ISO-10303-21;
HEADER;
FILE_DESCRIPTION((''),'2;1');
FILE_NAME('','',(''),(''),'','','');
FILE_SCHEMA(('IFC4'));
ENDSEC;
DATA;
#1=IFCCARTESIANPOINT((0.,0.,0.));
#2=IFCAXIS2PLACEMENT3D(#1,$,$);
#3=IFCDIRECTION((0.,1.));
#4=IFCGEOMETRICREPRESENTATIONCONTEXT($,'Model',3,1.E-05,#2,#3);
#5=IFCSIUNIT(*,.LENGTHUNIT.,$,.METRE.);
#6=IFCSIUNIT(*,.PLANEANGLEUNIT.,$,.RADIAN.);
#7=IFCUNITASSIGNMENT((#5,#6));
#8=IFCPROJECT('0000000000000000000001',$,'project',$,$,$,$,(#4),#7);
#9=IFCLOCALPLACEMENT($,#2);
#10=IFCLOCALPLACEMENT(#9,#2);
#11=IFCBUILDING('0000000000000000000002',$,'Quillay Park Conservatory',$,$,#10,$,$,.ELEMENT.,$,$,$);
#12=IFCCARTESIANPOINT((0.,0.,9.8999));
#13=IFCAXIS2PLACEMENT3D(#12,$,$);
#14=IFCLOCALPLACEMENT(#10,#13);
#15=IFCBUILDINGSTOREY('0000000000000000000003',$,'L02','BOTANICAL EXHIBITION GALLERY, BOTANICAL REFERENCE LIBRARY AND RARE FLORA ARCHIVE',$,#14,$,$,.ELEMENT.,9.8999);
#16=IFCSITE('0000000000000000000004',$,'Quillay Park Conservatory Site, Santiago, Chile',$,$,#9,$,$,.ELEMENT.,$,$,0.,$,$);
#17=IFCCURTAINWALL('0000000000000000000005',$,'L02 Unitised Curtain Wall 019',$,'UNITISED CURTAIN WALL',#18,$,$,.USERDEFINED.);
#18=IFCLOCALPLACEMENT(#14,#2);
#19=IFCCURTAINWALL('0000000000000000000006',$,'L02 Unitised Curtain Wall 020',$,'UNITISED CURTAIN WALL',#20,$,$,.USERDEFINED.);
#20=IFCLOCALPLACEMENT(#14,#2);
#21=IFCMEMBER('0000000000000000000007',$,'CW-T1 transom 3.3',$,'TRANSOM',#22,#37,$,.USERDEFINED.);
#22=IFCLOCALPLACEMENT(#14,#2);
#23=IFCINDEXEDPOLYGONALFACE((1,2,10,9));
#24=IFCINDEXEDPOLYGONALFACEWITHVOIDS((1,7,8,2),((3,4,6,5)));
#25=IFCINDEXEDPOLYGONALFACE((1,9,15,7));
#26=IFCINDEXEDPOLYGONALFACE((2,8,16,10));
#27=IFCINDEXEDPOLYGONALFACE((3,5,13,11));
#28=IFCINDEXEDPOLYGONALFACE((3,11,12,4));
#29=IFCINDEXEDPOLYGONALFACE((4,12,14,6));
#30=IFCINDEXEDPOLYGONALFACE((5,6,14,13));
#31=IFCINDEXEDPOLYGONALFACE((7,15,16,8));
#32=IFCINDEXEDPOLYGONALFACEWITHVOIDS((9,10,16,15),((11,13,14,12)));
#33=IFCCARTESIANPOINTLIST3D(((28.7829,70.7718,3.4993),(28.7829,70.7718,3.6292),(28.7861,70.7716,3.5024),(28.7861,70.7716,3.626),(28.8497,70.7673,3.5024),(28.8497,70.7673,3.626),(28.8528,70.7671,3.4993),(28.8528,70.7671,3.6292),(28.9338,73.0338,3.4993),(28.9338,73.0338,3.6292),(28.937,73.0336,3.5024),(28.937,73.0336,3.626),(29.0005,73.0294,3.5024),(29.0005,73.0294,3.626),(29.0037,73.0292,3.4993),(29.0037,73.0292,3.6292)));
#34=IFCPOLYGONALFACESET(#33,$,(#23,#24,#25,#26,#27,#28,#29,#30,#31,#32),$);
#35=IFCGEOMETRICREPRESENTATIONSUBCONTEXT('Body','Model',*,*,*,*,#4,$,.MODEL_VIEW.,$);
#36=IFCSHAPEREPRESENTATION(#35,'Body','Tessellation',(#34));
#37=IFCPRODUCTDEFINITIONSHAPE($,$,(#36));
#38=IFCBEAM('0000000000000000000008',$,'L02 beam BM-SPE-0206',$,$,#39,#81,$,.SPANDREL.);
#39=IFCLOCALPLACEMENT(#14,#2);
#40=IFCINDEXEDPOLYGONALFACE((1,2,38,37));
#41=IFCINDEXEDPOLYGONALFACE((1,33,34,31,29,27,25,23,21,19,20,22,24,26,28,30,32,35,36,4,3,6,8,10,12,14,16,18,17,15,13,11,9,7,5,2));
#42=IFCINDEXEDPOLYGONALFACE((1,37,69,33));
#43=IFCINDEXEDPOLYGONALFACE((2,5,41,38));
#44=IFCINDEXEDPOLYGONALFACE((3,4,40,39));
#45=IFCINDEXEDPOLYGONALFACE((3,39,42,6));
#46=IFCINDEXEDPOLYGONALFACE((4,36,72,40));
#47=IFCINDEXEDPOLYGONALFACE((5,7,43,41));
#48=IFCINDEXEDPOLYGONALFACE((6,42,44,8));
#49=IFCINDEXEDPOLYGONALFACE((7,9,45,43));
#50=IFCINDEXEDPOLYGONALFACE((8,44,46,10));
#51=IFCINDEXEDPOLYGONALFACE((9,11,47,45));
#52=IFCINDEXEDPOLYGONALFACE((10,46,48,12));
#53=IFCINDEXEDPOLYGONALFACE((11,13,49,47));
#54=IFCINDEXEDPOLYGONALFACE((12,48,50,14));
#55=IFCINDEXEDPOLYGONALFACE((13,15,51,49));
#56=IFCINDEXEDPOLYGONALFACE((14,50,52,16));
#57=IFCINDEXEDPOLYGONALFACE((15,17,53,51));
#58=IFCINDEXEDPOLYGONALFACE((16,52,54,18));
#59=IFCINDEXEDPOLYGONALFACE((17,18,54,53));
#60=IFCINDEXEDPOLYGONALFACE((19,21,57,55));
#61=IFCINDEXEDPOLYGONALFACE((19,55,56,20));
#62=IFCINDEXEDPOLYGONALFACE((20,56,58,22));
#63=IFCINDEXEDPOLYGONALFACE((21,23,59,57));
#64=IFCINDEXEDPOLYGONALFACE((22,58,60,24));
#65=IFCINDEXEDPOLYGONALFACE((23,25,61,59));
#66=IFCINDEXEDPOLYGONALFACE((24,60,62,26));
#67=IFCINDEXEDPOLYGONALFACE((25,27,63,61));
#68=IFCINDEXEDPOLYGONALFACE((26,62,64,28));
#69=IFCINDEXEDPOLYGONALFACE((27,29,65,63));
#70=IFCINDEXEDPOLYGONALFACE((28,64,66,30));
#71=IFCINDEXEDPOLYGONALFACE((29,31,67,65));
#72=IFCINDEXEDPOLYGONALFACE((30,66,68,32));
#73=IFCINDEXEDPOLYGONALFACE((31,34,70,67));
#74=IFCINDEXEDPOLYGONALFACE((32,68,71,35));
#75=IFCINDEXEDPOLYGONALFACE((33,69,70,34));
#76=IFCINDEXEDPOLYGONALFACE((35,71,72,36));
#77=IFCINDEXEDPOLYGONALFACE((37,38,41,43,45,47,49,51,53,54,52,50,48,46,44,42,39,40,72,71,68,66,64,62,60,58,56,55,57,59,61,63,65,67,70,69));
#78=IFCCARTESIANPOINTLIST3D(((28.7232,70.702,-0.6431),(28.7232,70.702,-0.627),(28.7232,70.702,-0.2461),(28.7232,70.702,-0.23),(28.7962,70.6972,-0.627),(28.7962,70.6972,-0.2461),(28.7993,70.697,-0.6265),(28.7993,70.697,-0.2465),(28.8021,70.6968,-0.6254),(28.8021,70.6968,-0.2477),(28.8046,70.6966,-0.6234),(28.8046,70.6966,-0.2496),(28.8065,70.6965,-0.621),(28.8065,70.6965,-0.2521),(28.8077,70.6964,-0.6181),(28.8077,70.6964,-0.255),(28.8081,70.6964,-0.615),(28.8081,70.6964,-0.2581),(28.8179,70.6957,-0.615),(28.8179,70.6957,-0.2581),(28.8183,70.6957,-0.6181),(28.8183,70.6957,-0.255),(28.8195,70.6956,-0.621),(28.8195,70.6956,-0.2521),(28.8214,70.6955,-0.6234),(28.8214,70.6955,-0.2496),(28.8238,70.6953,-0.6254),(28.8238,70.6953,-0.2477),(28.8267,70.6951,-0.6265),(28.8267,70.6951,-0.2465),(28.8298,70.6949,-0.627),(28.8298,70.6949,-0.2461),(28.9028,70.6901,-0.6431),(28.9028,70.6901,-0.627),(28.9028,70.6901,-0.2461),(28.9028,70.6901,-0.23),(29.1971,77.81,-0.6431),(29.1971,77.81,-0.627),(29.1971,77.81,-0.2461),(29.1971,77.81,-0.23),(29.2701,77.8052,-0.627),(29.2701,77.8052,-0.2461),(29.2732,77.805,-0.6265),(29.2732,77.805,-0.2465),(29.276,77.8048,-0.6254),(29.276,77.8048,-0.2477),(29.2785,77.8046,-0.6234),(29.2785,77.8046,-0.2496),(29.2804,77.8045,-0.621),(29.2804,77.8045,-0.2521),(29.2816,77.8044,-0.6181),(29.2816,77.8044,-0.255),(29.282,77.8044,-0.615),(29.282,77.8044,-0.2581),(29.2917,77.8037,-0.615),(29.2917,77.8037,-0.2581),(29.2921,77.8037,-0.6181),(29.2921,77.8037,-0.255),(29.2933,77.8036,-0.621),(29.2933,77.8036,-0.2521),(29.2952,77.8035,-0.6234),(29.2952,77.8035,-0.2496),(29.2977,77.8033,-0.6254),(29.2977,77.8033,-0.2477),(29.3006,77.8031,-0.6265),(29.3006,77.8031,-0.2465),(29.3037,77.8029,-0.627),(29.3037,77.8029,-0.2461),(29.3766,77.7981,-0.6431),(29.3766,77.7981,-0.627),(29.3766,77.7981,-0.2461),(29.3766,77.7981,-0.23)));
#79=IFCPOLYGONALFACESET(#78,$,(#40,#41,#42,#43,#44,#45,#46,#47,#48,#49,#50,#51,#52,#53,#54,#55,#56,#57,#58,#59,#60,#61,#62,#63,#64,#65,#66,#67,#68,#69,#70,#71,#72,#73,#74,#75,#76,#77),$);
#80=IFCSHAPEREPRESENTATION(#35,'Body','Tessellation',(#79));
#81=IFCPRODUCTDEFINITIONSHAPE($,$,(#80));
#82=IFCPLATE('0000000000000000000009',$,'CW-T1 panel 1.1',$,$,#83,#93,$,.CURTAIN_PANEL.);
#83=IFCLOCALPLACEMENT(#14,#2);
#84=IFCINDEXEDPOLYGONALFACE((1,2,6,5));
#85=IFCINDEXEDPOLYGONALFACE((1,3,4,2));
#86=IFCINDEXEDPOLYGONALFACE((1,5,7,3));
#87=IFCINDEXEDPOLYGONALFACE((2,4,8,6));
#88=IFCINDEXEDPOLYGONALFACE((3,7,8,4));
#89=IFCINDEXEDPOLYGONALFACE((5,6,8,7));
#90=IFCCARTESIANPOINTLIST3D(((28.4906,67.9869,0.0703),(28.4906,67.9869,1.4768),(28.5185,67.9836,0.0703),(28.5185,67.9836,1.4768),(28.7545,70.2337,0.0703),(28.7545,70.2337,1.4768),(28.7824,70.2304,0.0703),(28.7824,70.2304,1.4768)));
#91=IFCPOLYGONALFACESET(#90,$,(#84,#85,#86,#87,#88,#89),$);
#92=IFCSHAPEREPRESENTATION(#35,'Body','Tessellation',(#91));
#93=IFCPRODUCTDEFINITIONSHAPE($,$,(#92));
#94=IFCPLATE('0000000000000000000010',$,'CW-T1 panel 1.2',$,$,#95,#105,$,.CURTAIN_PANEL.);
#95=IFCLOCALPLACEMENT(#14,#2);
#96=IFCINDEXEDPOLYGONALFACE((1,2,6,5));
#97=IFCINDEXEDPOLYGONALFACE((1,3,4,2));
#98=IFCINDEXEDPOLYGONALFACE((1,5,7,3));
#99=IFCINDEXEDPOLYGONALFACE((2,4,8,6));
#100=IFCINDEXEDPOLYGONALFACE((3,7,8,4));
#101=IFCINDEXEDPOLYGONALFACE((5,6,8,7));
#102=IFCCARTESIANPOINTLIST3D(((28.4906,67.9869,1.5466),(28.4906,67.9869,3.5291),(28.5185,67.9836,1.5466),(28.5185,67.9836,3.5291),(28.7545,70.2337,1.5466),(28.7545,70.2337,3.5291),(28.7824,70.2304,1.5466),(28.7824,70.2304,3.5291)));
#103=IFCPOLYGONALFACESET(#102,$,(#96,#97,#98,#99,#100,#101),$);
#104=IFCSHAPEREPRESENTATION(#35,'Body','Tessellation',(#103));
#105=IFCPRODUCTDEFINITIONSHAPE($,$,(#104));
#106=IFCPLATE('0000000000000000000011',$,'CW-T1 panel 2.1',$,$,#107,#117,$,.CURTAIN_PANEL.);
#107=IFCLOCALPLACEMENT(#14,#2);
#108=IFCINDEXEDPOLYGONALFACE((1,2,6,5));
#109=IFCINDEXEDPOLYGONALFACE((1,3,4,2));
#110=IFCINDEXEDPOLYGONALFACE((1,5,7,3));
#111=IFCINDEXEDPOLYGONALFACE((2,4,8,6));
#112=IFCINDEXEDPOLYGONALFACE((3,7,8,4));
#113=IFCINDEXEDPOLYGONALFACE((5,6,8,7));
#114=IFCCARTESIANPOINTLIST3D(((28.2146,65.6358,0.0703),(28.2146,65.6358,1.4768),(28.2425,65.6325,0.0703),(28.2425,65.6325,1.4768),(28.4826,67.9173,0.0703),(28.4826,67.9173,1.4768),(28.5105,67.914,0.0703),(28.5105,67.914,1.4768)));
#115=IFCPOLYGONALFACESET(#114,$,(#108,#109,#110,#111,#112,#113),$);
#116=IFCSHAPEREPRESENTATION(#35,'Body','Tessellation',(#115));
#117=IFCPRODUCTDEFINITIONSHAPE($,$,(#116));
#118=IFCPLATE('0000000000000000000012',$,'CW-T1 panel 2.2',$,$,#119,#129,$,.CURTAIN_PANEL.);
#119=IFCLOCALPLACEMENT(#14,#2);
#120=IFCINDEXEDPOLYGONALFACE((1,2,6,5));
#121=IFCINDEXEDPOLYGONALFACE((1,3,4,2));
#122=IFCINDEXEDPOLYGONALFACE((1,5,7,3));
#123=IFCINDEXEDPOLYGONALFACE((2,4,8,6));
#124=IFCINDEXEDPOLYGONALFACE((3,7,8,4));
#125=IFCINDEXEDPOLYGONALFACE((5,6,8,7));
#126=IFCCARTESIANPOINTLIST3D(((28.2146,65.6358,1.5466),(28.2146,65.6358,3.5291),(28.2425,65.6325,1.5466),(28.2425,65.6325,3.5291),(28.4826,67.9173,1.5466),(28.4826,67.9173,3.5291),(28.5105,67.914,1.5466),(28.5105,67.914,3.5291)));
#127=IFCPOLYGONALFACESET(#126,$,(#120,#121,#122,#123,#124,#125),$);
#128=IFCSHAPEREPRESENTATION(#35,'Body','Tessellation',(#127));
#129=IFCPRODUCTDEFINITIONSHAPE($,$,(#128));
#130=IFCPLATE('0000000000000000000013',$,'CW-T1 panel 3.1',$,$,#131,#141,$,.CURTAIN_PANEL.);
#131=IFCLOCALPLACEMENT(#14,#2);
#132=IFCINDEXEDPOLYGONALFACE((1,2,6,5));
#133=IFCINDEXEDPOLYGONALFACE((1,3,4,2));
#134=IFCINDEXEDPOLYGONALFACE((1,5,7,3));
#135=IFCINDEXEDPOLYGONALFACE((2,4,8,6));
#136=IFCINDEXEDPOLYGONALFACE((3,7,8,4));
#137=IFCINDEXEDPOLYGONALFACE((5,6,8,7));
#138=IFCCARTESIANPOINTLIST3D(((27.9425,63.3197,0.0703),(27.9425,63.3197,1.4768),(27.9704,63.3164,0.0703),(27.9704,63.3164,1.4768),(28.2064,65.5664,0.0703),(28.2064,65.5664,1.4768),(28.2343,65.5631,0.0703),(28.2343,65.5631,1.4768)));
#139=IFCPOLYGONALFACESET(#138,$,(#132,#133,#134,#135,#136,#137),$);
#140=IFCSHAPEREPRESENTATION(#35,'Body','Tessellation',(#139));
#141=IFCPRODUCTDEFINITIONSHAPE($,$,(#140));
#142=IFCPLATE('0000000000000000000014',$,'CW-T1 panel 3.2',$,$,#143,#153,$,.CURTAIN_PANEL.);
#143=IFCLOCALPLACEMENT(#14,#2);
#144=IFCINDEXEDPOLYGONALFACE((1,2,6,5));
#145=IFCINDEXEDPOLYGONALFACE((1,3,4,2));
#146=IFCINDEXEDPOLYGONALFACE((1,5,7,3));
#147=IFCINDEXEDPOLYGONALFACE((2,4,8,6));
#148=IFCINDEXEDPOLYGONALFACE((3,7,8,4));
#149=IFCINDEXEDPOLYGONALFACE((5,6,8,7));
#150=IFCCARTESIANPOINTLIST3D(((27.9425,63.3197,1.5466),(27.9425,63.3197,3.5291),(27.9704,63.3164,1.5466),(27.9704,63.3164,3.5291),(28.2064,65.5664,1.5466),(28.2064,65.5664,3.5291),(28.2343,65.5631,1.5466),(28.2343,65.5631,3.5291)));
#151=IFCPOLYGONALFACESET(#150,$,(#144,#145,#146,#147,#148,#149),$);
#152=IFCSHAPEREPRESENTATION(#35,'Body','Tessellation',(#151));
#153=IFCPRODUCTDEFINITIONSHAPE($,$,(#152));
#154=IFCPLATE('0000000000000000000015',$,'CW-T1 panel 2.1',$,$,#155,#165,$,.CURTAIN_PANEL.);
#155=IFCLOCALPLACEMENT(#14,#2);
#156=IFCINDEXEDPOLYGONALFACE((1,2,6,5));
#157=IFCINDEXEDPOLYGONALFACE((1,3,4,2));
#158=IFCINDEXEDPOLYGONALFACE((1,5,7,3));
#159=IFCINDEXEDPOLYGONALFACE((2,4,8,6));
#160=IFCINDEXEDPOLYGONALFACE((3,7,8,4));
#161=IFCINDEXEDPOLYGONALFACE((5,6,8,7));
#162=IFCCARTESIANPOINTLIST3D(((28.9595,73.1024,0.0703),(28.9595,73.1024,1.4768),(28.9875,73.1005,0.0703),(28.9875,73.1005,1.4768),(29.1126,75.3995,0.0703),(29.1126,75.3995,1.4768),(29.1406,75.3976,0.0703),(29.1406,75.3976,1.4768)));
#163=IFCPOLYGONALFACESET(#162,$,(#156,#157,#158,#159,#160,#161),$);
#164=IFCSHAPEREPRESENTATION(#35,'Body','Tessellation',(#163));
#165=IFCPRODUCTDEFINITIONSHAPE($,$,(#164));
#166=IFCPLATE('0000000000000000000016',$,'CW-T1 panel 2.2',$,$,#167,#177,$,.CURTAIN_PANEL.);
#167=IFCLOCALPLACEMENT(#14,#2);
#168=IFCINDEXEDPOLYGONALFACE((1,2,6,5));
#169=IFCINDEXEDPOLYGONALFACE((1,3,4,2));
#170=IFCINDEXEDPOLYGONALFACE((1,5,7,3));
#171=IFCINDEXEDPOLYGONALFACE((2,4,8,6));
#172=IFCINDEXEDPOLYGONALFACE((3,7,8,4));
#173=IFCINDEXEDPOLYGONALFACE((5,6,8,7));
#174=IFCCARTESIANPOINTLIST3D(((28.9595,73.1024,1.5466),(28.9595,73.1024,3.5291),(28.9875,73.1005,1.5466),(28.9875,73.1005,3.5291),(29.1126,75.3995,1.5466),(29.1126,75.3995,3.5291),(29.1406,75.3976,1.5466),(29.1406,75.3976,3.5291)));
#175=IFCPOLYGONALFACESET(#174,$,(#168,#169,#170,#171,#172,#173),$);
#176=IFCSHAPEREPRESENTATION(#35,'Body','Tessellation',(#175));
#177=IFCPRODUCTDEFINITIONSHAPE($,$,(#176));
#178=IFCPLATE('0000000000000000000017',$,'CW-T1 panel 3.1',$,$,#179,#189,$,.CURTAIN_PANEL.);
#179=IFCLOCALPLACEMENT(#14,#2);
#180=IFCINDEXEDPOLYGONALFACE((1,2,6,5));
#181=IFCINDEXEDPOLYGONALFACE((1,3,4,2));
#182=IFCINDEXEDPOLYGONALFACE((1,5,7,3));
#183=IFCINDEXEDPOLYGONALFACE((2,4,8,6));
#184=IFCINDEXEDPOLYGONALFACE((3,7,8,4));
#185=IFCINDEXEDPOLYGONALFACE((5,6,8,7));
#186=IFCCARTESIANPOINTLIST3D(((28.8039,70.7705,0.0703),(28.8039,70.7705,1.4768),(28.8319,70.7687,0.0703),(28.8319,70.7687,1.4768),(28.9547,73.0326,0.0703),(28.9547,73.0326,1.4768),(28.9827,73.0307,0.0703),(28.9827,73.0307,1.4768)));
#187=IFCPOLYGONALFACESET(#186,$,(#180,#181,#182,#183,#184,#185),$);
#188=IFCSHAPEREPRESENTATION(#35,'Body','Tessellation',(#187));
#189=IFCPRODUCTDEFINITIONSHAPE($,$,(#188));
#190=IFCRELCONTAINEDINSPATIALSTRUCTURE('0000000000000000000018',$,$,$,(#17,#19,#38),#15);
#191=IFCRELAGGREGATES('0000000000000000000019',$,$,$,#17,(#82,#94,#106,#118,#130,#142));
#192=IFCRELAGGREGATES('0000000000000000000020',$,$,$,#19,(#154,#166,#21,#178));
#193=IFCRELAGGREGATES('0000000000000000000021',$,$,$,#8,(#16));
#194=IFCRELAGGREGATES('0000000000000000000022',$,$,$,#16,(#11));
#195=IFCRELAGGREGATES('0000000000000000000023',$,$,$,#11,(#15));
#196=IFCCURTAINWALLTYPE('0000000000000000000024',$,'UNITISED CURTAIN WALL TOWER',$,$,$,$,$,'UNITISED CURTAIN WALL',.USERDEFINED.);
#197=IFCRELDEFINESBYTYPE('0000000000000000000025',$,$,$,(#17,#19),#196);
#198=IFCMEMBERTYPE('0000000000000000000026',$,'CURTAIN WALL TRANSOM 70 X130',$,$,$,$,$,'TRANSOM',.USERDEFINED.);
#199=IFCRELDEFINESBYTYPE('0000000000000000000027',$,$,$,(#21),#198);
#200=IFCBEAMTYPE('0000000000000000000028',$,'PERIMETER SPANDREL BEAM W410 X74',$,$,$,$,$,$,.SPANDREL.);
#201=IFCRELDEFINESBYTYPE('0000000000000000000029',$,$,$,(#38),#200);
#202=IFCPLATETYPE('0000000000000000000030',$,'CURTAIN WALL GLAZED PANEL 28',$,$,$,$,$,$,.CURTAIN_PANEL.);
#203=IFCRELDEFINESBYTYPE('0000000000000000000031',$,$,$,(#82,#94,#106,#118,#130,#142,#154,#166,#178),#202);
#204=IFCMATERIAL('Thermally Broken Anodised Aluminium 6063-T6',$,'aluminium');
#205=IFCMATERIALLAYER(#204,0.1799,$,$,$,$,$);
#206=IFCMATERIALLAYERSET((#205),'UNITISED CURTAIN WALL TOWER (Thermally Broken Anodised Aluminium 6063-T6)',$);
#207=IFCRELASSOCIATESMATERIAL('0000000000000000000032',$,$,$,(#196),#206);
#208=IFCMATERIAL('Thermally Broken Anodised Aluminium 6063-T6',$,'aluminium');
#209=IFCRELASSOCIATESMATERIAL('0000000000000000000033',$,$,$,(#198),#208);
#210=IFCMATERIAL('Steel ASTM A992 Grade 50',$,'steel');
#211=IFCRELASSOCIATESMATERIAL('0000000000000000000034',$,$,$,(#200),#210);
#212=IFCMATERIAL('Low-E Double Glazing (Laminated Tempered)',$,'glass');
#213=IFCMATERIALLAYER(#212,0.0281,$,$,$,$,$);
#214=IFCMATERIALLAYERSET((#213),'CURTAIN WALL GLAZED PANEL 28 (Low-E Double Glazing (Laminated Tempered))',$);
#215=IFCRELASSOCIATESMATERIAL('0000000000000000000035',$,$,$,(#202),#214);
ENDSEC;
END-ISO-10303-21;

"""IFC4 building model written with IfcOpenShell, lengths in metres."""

from ifc_helpers import new_model, si_unit, direction, frame, origin, origin_2d, place, context, subcontext, project, spatial, rectangle, hollow_rectangle, i_section, extrude, material, layer, layer_set, material_profile, profile_set, type_object, element, aggregate, save


model = new_model("IFC4")

# Units and contexts
model_context = context("Model", 3, precision=1e-05, world=origin(), true_north=direction((0.0, 1.0)))
body_context = subcontext(model_context, "Body", "Model", "MODEL_VIEW")
ifc_project = project(units=[si_unit("LENGTHUNIT", "METRE"), si_unit("PLANEANGLEUNIT", "RADIAN")], contexts=[model_context])

# Site, building, storey
site_placement = place(None, origin())
site = spatial("IfcSite", under=ifc_project, at=site_placement, Name="Quillay Park Conservatory Site, Santiago, Chile", CompositionType="ELEMENT", RefElevation=0.0)
building_placement = place(site_placement, origin())
building = spatial("IfcBuilding", under=site, at=building_placement, Name="Quillay Park Conservatory", CompositionType="ELEMENT")
storey_placement = place(building_placement, frame((0.0, 0.0, 9.8999)))
storey = spatial("IfcBuildingStorey", under=building, at=storey_placement, Name="L02", Description="BOTANICAL EXHIBITION GALLERY, BOTANICAL REFERENCE LIBRARY AND RARE FLORA ARCHIVE", CompositionType="ELEMENT", Elevation=9.8999)

# Curtain walls
ifc_material_1 = material(Name="Thermally Broken Anodised Aluminium 6063-T6", Category="aluminium")
ifc_layer_1 = layer(ifc_material_1, 0.1799)
ifc_layer_set_1 = layer_set([ifc_layer_1], Name="UNITISED CURTAIN WALL TOWER (Thermally Broken Anodised Aluminium 6063-T6)")
curtain_wall_type = type_object("IfcCurtainWallType", Name="UNITISED CURTAIN WALL TOWER", ElementType="UNITISED CURTAIN WALL", PredefinedType="USERDEFINED", material=ifc_layer_set_1)
curtain_wall_1_placement = place(storey_placement, origin())
curtain_wall_1 = element("IfcCurtainWall", 1, at=curtain_wall_1_placement, inside=storey, type_object=curtain_wall_type, Name="L02 Unitised Curtain Wall 019", ObjectType="UNITISED CURTAIN WALL", PredefinedType="USERDEFINED")
curtain_wall_2_placement = place(storey_placement, origin())
curtain_wall_2 = element("IfcCurtainWall", 2, at=curtain_wall_2_placement, inside=storey, type_object=curtain_wall_type, Name="L02 Unitised Curtain Wall 020", ObjectType="UNITISED CURTAIN WALL", PredefinedType="USERDEFINED")

# Member
ifc_material_2 = material(Name="Thermally Broken Anodised Aluminium 6063-T6", Category="aluminium")
ifc_material_profile_1 = material_profile(ifc_material_2, hollow_rectangle(XDim=0.0701, YDim=0.1299, WallThickness=0.0032, at=origin_2d()), Name="AL70x130x3.2")
ifc_profile_set_1 = profile_set([ifc_material_profile_1], Name="Thermally Broken Anodised Aluminium 6063-T6")
member_type_1 = type_object("IfcMemberType", Name="CURTAIN WALL TRANSOM 70 X130", ElementType="TRANSOM", PredefinedType="USERDEFINED", material=ifc_profile_set_1)
member_1_placement = place(storey_placement, frame((28.9688, 73.0315, 3.5642), z_axis=(-0.066555, -0.997783, 0.0), x_axis=(0.997783, -0.066555, 0.0)))
member_1 = element("IfcMember", 3, at=member_1_placement, type_object=member_type_1, Name="CW-T1 transom 3.3", ObjectType="TRANSOM", PredefinedType="USERDEFINED", context=body_context, shape_type="SweptSolid", body=[
    extrude(hollow_rectangle(XDim=0.0701, YDim=0.1299, WallThickness=0.0032, at=origin_2d()), origin(), (0.0, 0.0, 1.0), 2.2671),
])

# Beam
ifc_material_3 = material(Name="Steel ASTM A992 Grade 50", Category="steel")
ifc_material_profile_2 = material_profile(ifc_material_3, i_section(OverallWidth=0.1799, OverallDepth=0.4131, WebThickness=0.0098, FlangeThickness=0.0161, FilletRadius=0.012, at=origin_2d()), Name="W410x74")
ifc_profile_set_2 = profile_set([ifc_material_profile_2], Name="Steel ASTM A992 Grade 50")
beam_type = type_object("IfcBeamType", Name="PERIMETER SPANDREL BEAM W410 X74", PredefinedType="SPANDREL", material=ifc_profile_set_2)
beam_placement = place(storey_placement, frame((28.813, 70.696, -0.4365), z_axis=(0.066521, 0.997785, 0.0), x_axis=(-0.997785, 0.066521, 0.0)))
element("IfcBeam", 4, at=beam_placement, inside=storey, type_object=beam_type, Name="L02 beam BM-SPE-0206", PredefinedType="SPANDREL", context=body_context, shape_type="SweptSolid", body=[
    extrude(i_section(OverallWidth=0.1799, OverallDepth=0.4131, WebThickness=0.0098, FlangeThickness=0.0161, FilletRadius=0.012, at=origin_2d()), origin(), (0.0, 0.0, 1.0), 7.1238),
])

# Plates
ifc_material_4 = material(Name="Low-E Double Glazing (Laminated Tempered)", Category="glass")
ifc_layer_2 = layer(ifc_material_4, 0.0281)
ifc_layer_set_2 = layer_set([ifc_layer_2], Name="CURTAIN WALL GLAZED PANEL 28 (Low-E Double Glazing (Laminated Tempered))")
plate_type = type_object("IfcPlateType", Name="CURTAIN WALL GLAZED PANEL 28", PredefinedType="CURTAIN_PANEL", material=ifc_layer_set_2)
plate_1_placement = place(storey_placement, frame((28.6365, 69.1086, 0.0703), z_axis=(0.0, 0.0, 1.0), x_axis=(-0.116655, -0.993173, 0.0)))
plate_1 = element("IfcPlate", 5, at=plate_1_placement, type_object=plate_type, Name="CW-T1 panel 1.1", PredefinedType="CURTAIN_PANEL", context=body_context, shape_type="SweptSolid", body=[
    extrude(rectangle(XDim=2.2622, YDim=0.0281, at=origin_2d()), origin(), (0.0, 0.0, 1.0), 1.4065),
])
plate_2_placement = place(storey_placement, frame((28.6365, 69.1086, 1.5466), z_axis=(0.0, 0.0, 1.0), x_axis=(-0.116655, -0.993173, 0.0)))
plate_2 = element("IfcPlate", 6, at=plate_2_placement, type_object=plate_type, Name="CW-T1 panel 1.2", PredefinedType="CURTAIN_PANEL", context=body_context, shape_type="SweptSolid", body=[
    extrude(rectangle(XDim=2.2622, YDim=0.0281, at=origin_2d()), origin(), (0.0, 0.0, 1.0), 1.9824),
])
plate_3_placement = place(storey_placement, frame((28.3625, 66.7749, 0.0703), z_axis=(0.0, 0.0, 1.0), x_axis=(-0.116655, -0.993173, 0.0)))
plate_3 = element("IfcPlate", 7, at=plate_3_placement, type_object=plate_type, Name="CW-T1 panel 2.1", PredefinedType="CURTAIN_PANEL", context=body_context, shape_type="SweptSolid", body=[
    extrude(rectangle(XDim=2.2971, YDim=0.0281, at=origin_2d()), origin(), (0.0, 0.0, 1.0), 1.4065),
])
plate_4_placement = place(storey_placement, frame((28.3625, 66.7749, 1.5466), z_axis=(0.0, 0.0, 1.0), x_axis=(-0.116655, -0.993173, 0.0)))
plate_4 = element("IfcPlate", 8, at=plate_4_placement, type_object=plate_type, Name="CW-T1 panel 2.2", PredefinedType="CURTAIN_PANEL", context=body_context, shape_type="SweptSolid", body=[
    extrude(rectangle(XDim=2.2971, YDim=0.0281, at=origin_2d()), origin(), (0.0, 0.0, 1.0), 1.9824),
])
plate_5_placement = place(storey_placement, frame((28.0884, 64.4414, 0.0703), z_axis=(0.0, 0.0, 1.0), x_axis=(-0.116655, -0.993173, 0.0)))
plate_5 = element("IfcPlate", 9, at=plate_5_placement, type_object=plate_type, Name="CW-T1 panel 3.1", PredefinedType="CURTAIN_PANEL", context=body_context, shape_type="SweptSolid", body=[
    extrude(rectangle(XDim=2.2622, YDim=0.0281, at=origin_2d()), origin(), (0.0, 0.0, 1.0), 1.4065),
])
plate_6_placement = place(storey_placement, frame((28.0884, 64.4414, 1.5466), z_axis=(0.0, 0.0, 1.0), x_axis=(-0.116655, -0.993173, 0.0)))
plate_6 = element("IfcPlate", 10, at=plate_6_placement, type_object=plate_type, Name="CW-T1 panel 3.2", PredefinedType="CURTAIN_PANEL", context=body_context, shape_type="SweptSolid", body=[
    extrude(rectangle(XDim=2.2622, YDim=0.0281, at=origin_2d()), origin(), (0.0, 0.0, 1.0), 1.9824),
])
aggregate(curtain_wall_1, [plate_1, plate_2, plate_3, plate_4, plate_5, plate_6])
plate_7_placement = place(storey_placement, frame((29.05, 74.25, 0.0703), z_axis=(0.0, 0.0, 1.0), x_axis=(-0.066521, -0.997785, 0.0)))
plate_7 = element("IfcPlate", 11, at=plate_7_placement, type_object=plate_type, Name="CW-T1 panel 2.1", PredefinedType="CURTAIN_PANEL", context=body_context, shape_type="SweptSolid", body=[
    extrude(rectangle(XDim=2.3022, YDim=0.0281, at=origin_2d()), origin(), (0.0, 0.0, 1.0), 1.4065),
])
plate_8_placement = place(storey_placement, frame((29.05, 74.25, 1.5466), z_axis=(0.0, 0.0, 1.0), x_axis=(-0.066521, -0.997785, 0.0)))
plate_8 = element("IfcPlate", 12, at=plate_8_placement, type_object=plate_type, Name="CW-T1 panel 2.2", PredefinedType="CURTAIN_PANEL", context=body_context, shape_type="SweptSolid", body=[
    extrude(rectangle(XDim=2.3022, YDim=0.0281, at=origin_2d()), origin(), (0.0, 0.0, 1.0), 1.9824),
])
plate_9_placement = place(storey_placement, frame((28.8933, 71.9006, 0.0703), z_axis=(0.0, 0.0, 1.0), x_axis=(-0.066521, -0.997785, 0.0)))
plate_9 = element("IfcPlate", 13, at=plate_9_placement, type_object=plate_type, Name="CW-T1 panel 3.1", PredefinedType="CURTAIN_PANEL", context=body_context, shape_type="SweptSolid", body=[
    extrude(rectangle(XDim=2.2671, YDim=0.0281, at=origin_2d()), origin(), (0.0, 0.0, 1.0), 1.4065),
])
aggregate(curtain_wall_2, [plate_7, plate_8, member_1, plate_9])

save(model, "model.ifc")
